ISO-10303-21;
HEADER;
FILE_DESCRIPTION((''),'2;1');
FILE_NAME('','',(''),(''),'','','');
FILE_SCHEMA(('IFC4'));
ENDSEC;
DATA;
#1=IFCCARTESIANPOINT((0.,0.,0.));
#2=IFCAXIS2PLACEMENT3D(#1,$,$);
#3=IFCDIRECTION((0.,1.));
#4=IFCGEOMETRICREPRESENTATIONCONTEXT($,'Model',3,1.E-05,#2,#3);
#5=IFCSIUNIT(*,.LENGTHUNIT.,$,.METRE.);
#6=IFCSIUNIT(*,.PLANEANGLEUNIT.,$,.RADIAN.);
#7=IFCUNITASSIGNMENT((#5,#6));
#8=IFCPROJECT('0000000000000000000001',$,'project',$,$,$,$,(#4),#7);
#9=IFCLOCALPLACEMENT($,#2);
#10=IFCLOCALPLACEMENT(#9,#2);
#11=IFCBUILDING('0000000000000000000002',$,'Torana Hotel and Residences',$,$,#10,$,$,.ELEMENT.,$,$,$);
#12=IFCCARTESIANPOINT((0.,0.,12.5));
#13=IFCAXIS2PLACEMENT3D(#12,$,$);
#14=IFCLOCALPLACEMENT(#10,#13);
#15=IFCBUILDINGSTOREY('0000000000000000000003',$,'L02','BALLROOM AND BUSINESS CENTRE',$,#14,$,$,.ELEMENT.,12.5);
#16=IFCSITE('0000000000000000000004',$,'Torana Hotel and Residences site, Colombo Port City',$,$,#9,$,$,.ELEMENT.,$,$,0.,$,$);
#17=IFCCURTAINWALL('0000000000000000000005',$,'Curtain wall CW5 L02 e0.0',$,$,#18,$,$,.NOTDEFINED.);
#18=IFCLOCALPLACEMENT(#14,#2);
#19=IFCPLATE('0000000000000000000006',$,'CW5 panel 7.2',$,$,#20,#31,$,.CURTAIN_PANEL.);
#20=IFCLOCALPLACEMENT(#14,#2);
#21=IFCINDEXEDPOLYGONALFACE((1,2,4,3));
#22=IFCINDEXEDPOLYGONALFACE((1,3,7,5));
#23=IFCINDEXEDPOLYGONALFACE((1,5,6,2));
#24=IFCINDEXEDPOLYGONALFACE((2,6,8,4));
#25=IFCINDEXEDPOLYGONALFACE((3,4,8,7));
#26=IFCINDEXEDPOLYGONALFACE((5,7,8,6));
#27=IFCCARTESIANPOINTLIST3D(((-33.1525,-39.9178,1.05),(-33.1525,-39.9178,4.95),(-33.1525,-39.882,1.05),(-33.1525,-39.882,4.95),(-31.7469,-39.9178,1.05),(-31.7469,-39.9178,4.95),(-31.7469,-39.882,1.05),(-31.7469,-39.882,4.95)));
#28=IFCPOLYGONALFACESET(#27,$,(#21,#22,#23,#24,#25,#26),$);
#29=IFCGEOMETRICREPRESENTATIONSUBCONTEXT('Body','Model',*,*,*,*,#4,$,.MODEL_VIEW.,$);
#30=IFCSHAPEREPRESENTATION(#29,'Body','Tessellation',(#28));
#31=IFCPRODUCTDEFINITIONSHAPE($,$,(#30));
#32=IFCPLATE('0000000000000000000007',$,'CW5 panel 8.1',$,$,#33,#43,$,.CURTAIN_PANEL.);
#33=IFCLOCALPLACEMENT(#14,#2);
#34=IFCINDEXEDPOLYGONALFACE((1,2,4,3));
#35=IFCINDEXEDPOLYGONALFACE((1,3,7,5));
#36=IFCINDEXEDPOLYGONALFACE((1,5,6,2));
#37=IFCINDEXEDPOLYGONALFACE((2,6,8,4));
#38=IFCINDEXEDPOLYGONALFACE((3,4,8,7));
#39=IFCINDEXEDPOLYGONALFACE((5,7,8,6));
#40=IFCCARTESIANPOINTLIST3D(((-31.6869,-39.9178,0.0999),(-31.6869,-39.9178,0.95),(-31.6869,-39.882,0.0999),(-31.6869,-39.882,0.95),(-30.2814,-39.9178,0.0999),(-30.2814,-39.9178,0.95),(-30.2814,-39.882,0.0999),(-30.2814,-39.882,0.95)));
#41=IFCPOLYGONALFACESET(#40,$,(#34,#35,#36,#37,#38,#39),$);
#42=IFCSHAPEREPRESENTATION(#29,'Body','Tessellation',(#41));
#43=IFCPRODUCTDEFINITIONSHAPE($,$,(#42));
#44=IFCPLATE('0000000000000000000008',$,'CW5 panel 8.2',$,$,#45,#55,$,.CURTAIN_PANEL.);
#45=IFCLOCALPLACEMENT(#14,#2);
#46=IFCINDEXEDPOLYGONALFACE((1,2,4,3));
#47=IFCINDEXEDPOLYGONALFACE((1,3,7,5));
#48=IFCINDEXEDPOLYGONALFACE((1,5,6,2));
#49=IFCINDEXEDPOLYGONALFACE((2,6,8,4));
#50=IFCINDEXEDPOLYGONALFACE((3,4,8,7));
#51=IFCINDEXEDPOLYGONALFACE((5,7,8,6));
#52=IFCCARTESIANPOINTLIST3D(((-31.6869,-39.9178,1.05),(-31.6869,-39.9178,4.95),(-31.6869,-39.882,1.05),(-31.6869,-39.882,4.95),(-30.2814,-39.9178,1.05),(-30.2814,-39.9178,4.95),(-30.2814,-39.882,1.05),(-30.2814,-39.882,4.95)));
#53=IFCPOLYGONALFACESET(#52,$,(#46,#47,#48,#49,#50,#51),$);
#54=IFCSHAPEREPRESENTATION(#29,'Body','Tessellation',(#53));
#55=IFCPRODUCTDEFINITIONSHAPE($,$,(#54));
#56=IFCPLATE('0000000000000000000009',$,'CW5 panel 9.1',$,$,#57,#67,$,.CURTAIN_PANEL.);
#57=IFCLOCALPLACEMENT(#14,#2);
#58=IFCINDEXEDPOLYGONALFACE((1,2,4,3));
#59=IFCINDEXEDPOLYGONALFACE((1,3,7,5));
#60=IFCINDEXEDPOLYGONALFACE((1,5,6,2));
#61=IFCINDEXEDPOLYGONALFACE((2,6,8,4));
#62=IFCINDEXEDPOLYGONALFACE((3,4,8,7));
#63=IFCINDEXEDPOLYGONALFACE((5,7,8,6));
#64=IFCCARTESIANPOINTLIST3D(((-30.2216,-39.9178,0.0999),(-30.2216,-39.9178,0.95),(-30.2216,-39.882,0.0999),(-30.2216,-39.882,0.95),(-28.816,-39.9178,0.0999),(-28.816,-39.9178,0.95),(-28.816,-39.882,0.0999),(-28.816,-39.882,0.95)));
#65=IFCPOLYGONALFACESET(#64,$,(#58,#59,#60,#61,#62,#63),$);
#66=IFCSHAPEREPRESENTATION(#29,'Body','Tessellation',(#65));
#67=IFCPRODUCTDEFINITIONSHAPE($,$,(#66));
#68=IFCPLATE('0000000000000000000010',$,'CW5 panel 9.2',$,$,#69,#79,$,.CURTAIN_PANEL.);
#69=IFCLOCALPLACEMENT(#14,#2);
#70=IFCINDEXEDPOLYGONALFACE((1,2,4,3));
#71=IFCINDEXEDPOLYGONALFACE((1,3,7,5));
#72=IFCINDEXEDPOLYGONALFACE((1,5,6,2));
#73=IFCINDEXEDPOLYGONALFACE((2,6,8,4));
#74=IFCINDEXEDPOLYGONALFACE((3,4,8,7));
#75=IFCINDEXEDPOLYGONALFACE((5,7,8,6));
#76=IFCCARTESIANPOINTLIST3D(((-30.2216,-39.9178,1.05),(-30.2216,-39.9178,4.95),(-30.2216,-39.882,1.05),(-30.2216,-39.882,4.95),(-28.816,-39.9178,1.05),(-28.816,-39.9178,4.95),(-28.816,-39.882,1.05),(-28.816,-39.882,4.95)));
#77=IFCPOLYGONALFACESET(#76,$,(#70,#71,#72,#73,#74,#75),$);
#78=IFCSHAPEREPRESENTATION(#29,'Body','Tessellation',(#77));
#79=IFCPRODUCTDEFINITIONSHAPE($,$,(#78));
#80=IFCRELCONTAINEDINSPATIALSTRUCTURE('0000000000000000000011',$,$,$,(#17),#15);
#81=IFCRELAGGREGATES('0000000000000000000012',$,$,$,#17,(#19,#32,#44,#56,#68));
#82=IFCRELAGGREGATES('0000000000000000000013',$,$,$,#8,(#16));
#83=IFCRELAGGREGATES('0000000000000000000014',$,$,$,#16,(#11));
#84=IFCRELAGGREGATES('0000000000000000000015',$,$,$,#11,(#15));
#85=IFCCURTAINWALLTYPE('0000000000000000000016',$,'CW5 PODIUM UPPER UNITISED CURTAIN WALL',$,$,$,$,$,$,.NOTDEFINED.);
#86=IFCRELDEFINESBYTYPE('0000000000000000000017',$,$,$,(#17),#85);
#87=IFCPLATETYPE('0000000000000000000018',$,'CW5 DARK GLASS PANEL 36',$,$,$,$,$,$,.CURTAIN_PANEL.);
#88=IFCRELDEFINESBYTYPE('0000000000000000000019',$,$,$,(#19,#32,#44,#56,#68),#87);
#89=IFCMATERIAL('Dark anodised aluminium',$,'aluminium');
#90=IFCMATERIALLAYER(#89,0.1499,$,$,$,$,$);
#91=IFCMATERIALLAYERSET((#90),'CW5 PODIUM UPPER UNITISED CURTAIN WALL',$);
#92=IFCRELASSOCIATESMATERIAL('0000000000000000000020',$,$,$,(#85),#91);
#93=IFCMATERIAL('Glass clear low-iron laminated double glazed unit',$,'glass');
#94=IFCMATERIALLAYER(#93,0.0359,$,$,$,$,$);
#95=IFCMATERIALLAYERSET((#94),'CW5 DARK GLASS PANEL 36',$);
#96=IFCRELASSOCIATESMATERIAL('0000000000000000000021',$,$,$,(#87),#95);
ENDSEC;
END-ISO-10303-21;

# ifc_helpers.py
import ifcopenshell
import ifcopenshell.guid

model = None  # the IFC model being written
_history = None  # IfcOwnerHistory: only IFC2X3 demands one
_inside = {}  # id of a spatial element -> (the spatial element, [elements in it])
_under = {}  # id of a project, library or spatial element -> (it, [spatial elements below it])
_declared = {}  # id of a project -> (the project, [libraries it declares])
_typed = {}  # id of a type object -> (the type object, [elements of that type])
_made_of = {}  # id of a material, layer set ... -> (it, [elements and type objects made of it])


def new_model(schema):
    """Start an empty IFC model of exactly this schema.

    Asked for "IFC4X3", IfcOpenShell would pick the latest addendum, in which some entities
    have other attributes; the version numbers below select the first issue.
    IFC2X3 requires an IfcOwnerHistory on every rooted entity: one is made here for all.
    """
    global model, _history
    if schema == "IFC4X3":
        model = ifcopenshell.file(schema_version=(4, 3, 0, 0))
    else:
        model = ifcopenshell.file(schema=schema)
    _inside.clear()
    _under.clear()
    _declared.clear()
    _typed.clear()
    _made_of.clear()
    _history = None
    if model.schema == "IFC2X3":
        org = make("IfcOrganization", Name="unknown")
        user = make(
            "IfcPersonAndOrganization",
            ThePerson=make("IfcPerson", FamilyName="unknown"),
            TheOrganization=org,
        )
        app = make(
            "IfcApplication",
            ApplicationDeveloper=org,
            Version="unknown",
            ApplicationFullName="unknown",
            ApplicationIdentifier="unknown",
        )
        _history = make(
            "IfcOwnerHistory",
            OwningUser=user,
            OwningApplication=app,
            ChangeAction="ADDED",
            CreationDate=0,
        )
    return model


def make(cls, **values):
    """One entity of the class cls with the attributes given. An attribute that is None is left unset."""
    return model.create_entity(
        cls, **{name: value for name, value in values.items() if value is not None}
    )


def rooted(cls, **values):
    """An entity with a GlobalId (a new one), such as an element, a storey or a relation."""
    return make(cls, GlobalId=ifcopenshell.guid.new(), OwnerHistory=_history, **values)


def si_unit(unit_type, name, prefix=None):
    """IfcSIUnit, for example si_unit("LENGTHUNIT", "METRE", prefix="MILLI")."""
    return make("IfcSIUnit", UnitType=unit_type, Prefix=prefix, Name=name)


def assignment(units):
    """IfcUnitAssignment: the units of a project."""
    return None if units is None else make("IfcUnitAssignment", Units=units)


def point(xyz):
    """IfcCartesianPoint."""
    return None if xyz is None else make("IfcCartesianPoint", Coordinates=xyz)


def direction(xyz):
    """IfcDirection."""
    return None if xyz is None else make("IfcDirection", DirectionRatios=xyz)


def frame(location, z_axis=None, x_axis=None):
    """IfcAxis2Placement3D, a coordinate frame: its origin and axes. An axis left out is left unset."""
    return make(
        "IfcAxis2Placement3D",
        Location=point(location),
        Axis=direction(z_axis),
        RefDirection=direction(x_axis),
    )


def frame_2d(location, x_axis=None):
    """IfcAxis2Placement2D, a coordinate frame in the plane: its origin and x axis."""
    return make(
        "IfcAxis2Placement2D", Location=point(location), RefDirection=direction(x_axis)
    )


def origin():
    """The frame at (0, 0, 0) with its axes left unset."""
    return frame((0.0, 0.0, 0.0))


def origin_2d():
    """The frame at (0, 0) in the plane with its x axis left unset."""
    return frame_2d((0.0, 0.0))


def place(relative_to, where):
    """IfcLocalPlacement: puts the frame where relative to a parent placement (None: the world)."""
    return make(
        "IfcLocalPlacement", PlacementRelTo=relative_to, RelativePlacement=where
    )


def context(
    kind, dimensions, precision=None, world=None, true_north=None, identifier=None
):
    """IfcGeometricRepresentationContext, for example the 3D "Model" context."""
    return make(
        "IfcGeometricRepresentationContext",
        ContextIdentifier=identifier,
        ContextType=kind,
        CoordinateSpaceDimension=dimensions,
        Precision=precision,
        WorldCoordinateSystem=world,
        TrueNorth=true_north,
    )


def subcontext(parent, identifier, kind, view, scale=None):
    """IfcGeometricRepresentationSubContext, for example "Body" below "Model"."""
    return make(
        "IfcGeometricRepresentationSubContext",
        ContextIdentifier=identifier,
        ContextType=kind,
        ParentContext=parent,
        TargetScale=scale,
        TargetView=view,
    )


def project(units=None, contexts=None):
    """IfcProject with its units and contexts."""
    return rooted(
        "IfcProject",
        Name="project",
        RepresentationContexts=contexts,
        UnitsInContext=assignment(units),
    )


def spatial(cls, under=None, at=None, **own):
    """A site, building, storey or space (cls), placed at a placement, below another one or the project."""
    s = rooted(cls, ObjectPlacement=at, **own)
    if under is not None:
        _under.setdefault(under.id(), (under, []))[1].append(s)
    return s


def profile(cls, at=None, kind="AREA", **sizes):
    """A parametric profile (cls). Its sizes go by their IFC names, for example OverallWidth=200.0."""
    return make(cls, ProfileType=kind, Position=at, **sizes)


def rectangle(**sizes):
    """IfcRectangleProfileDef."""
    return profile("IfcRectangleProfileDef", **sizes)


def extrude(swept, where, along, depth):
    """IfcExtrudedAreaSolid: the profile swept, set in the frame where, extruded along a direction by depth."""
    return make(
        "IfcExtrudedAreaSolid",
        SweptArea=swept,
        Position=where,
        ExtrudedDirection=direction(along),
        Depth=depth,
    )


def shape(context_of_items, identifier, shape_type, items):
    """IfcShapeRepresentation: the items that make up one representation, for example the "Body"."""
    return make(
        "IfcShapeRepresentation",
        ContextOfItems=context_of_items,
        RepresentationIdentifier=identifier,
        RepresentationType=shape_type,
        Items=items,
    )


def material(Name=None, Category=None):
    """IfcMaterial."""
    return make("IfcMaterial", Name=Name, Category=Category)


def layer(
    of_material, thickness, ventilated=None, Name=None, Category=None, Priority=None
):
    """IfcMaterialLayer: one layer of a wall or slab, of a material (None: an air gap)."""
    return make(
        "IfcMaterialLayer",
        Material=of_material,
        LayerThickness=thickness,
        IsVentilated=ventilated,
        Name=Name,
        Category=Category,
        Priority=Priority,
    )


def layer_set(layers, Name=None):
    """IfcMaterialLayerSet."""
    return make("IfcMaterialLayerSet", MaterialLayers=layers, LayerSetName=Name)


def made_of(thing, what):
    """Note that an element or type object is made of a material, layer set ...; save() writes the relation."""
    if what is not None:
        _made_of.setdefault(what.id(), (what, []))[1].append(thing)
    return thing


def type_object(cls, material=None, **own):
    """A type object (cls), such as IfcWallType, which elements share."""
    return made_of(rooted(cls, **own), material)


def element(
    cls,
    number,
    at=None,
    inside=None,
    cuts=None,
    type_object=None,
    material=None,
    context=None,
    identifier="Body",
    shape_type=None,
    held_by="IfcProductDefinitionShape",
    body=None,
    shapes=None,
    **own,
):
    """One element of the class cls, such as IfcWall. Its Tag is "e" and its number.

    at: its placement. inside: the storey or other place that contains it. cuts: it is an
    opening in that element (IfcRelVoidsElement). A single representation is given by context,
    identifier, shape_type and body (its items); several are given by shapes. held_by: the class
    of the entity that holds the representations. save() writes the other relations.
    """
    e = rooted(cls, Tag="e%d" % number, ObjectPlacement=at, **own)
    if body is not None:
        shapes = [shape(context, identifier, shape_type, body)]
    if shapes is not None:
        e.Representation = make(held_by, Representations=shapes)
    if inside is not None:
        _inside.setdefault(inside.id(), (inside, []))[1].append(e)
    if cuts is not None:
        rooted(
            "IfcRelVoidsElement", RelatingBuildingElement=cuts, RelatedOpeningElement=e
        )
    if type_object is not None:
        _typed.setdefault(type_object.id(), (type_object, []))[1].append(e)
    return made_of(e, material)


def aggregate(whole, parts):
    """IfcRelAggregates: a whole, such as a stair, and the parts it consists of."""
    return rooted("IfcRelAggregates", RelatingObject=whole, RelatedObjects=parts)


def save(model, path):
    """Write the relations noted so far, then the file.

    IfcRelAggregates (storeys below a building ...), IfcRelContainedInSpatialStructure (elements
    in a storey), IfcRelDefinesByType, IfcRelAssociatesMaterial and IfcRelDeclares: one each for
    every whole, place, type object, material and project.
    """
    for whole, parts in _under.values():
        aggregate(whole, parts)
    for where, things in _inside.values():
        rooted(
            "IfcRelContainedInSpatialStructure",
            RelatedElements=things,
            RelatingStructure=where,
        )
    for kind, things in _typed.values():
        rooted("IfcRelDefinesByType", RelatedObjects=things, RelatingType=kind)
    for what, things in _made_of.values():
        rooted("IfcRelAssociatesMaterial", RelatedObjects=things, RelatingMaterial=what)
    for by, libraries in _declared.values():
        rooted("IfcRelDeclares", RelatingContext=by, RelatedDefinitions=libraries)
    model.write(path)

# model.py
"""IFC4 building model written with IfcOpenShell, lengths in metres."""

from ifc_helpers import new_model, si_unit, direction, frame, origin, origin_2d, place, context, subcontext, project, spatial, rectangle, extrude, material, layer, layer_set, type_object, element, aggregate, save


model = new_model("IFC4")

# Units and contexts
model_context = context("Model", 3, precision=1e-05, world=origin(), true_north=direction((0.0, 1.0)))
body_context = subcontext(model_context, "Body", "Model", "MODEL_VIEW")
ifc_project = project(units=[si_unit("LENGTHUNIT", "METRE"), si_unit("PLANEANGLEUNIT", "RADIAN")], contexts=[model_context])

# Site, building, storey
site_placement = place(None, origin())
site = spatial("IfcSite", under=ifc_project, at=site_placement, Name="Torana Hotel and Residences site, Colombo Port City", CompositionType="ELEMENT", RefElevation=0.0)
building_placement = place(site_placement, origin())
building = spatial("IfcBuilding", under=site, at=building_placement, Name="Torana Hotel and Residences", CompositionType="ELEMENT")
storey_placement = place(building_placement, frame((0.0, 0.0, 12.5)))
storey = spatial("IfcBuildingStorey", under=building, at=storey_placement, Name="L02", Description="BALLROOM AND BUSINESS CENTRE", CompositionType="ELEMENT", Elevation=12.5)

# Curtain wall, plates
ifc_material_1 = material(Name="Dark anodised aluminium", Category="aluminium")
ifc_layer_1 = layer(ifc_material_1, 0.1499)
ifc_layer_set_1 = layer_set([ifc_layer_1], Name="CW5 PODIUM UPPER UNITISED CURTAIN WALL")
curtain_wall_type = type_object("IfcCurtainWallType", Name="CW5 PODIUM UPPER UNITISED CURTAIN WALL", PredefinedType="NOTDEFINED", material=ifc_layer_set_1)
curtain_wall_placement = place(storey_placement, origin())
curtain_wall = element("IfcCurtainWall", 1, at=curtain_wall_placement, inside=storey, type_object=curtain_wall_type, Name="Curtain wall CW5 L02 e0.0", PredefinedType="NOTDEFINED")
ifc_material_2 = material(Name="Glass clear low-iron laminated double glazed unit", Category="glass")
ifc_layer_2 = layer(ifc_material_2, 0.0359)
ifc_layer_set_2 = layer_set([ifc_layer_2], Name="CW5 DARK GLASS PANEL 36")
plate_type = type_object("IfcPlateType", Name="CW5 DARK GLASS PANEL 36", PredefinedType="CURTAIN_PANEL", material=ifc_layer_set_2)
plate_1_placement = place(storey_placement, frame((-32.4497, -39.8999, 1.05), z_axis=(0.0, 0.0, 1.0), x_axis=(1.0, 0.0, 0.0)))
plate_1 = element("IfcPlate", 2, at=plate_1_placement, type_object=plate_type, Name="CW5 panel 7.2", PredefinedType="CURTAIN_PANEL", context=body_context, shape_type="SweptSolid", body=[
    extrude(rectangle(XDim=1.4055, YDim=0.0359, at=origin_2d()), origin(), (0.0, 0.0, 1.0), 3.8999),
])
plate_2_placement = place(storey_placement, frame((-30.9841, -39.8999, 0.0999), z_axis=(0.0, 0.0, 1.0), x_axis=(1.0, 0.0, 0.0)))
plate_2 = element("IfcPlate", 3, at=plate_2_placement, type_object=plate_type, Name="CW5 panel 8.1", PredefinedType="CURTAIN_PANEL", context=body_context, shape_type="SweptSolid", body=[
    extrude(rectangle(XDim=1.4055, YDim=0.0359, at=origin_2d()), origin(), (0.0, 0.0, 1.0), 0.8501),
])
plate_3_placement = place(storey_placement, frame((-30.9841, -39.8999, 1.05), z_axis=(0.0, 0.0, 1.0), x_axis=(1.0, 0.0, 0.0)))
plate_3 = element("IfcPlate", 4, at=plate_3_placement, type_object=plate_type, Name="CW5 panel 8.2", PredefinedType="CURTAIN_PANEL", context=body_context, shape_type="SweptSolid", body=[
    extrude(rectangle(XDim=1.4055, YDim=0.0359, at=origin_2d()), origin(), (0.0, 0.0, 1.0), 3.8999),
])
plate_4_placement = place(storey_placement, frame((-29.5188, -39.8999, 0.0999), z_axis=(0.0, 0.0, 1.0), x_axis=(1.0, 0.0, 0.0)))
plate_4 = element("IfcPlate", 5, at=plate_4_placement, type_object=plate_type, Name="CW5 panel 9.1", PredefinedType="CURTAIN_PANEL", context=body_context, shape_type="SweptSolid", body=[
    extrude(rectangle(XDim=1.4055, YDim=0.0359, at=origin_2d()), origin(), (0.0, 0.0, 1.0), 0.8501),
])
plate_5_placement = place(storey_placement, frame((-29.5188, -39.8999, 1.05), z_axis=(0.0, 0.0, 1.0), x_axis=(1.0, 0.0, 0.0)))
plate_5 = element("IfcPlate", 6, at=plate_5_placement, type_object=plate_type, Name="CW5 panel 9.2", PredefinedType="CURTAIN_PANEL", context=body_context, shape_type="SweptSolid", body=[
    extrude(rectangle(XDim=1.4055, YDim=0.0359, at=origin_2d()), origin(), (0.0, 0.0, 1.0), 3.8999),
])
aggregate(curtain_wall, [plate_1, plate_2, plate_3, plate_4, plate_5])

save(model, "model.ifc")
